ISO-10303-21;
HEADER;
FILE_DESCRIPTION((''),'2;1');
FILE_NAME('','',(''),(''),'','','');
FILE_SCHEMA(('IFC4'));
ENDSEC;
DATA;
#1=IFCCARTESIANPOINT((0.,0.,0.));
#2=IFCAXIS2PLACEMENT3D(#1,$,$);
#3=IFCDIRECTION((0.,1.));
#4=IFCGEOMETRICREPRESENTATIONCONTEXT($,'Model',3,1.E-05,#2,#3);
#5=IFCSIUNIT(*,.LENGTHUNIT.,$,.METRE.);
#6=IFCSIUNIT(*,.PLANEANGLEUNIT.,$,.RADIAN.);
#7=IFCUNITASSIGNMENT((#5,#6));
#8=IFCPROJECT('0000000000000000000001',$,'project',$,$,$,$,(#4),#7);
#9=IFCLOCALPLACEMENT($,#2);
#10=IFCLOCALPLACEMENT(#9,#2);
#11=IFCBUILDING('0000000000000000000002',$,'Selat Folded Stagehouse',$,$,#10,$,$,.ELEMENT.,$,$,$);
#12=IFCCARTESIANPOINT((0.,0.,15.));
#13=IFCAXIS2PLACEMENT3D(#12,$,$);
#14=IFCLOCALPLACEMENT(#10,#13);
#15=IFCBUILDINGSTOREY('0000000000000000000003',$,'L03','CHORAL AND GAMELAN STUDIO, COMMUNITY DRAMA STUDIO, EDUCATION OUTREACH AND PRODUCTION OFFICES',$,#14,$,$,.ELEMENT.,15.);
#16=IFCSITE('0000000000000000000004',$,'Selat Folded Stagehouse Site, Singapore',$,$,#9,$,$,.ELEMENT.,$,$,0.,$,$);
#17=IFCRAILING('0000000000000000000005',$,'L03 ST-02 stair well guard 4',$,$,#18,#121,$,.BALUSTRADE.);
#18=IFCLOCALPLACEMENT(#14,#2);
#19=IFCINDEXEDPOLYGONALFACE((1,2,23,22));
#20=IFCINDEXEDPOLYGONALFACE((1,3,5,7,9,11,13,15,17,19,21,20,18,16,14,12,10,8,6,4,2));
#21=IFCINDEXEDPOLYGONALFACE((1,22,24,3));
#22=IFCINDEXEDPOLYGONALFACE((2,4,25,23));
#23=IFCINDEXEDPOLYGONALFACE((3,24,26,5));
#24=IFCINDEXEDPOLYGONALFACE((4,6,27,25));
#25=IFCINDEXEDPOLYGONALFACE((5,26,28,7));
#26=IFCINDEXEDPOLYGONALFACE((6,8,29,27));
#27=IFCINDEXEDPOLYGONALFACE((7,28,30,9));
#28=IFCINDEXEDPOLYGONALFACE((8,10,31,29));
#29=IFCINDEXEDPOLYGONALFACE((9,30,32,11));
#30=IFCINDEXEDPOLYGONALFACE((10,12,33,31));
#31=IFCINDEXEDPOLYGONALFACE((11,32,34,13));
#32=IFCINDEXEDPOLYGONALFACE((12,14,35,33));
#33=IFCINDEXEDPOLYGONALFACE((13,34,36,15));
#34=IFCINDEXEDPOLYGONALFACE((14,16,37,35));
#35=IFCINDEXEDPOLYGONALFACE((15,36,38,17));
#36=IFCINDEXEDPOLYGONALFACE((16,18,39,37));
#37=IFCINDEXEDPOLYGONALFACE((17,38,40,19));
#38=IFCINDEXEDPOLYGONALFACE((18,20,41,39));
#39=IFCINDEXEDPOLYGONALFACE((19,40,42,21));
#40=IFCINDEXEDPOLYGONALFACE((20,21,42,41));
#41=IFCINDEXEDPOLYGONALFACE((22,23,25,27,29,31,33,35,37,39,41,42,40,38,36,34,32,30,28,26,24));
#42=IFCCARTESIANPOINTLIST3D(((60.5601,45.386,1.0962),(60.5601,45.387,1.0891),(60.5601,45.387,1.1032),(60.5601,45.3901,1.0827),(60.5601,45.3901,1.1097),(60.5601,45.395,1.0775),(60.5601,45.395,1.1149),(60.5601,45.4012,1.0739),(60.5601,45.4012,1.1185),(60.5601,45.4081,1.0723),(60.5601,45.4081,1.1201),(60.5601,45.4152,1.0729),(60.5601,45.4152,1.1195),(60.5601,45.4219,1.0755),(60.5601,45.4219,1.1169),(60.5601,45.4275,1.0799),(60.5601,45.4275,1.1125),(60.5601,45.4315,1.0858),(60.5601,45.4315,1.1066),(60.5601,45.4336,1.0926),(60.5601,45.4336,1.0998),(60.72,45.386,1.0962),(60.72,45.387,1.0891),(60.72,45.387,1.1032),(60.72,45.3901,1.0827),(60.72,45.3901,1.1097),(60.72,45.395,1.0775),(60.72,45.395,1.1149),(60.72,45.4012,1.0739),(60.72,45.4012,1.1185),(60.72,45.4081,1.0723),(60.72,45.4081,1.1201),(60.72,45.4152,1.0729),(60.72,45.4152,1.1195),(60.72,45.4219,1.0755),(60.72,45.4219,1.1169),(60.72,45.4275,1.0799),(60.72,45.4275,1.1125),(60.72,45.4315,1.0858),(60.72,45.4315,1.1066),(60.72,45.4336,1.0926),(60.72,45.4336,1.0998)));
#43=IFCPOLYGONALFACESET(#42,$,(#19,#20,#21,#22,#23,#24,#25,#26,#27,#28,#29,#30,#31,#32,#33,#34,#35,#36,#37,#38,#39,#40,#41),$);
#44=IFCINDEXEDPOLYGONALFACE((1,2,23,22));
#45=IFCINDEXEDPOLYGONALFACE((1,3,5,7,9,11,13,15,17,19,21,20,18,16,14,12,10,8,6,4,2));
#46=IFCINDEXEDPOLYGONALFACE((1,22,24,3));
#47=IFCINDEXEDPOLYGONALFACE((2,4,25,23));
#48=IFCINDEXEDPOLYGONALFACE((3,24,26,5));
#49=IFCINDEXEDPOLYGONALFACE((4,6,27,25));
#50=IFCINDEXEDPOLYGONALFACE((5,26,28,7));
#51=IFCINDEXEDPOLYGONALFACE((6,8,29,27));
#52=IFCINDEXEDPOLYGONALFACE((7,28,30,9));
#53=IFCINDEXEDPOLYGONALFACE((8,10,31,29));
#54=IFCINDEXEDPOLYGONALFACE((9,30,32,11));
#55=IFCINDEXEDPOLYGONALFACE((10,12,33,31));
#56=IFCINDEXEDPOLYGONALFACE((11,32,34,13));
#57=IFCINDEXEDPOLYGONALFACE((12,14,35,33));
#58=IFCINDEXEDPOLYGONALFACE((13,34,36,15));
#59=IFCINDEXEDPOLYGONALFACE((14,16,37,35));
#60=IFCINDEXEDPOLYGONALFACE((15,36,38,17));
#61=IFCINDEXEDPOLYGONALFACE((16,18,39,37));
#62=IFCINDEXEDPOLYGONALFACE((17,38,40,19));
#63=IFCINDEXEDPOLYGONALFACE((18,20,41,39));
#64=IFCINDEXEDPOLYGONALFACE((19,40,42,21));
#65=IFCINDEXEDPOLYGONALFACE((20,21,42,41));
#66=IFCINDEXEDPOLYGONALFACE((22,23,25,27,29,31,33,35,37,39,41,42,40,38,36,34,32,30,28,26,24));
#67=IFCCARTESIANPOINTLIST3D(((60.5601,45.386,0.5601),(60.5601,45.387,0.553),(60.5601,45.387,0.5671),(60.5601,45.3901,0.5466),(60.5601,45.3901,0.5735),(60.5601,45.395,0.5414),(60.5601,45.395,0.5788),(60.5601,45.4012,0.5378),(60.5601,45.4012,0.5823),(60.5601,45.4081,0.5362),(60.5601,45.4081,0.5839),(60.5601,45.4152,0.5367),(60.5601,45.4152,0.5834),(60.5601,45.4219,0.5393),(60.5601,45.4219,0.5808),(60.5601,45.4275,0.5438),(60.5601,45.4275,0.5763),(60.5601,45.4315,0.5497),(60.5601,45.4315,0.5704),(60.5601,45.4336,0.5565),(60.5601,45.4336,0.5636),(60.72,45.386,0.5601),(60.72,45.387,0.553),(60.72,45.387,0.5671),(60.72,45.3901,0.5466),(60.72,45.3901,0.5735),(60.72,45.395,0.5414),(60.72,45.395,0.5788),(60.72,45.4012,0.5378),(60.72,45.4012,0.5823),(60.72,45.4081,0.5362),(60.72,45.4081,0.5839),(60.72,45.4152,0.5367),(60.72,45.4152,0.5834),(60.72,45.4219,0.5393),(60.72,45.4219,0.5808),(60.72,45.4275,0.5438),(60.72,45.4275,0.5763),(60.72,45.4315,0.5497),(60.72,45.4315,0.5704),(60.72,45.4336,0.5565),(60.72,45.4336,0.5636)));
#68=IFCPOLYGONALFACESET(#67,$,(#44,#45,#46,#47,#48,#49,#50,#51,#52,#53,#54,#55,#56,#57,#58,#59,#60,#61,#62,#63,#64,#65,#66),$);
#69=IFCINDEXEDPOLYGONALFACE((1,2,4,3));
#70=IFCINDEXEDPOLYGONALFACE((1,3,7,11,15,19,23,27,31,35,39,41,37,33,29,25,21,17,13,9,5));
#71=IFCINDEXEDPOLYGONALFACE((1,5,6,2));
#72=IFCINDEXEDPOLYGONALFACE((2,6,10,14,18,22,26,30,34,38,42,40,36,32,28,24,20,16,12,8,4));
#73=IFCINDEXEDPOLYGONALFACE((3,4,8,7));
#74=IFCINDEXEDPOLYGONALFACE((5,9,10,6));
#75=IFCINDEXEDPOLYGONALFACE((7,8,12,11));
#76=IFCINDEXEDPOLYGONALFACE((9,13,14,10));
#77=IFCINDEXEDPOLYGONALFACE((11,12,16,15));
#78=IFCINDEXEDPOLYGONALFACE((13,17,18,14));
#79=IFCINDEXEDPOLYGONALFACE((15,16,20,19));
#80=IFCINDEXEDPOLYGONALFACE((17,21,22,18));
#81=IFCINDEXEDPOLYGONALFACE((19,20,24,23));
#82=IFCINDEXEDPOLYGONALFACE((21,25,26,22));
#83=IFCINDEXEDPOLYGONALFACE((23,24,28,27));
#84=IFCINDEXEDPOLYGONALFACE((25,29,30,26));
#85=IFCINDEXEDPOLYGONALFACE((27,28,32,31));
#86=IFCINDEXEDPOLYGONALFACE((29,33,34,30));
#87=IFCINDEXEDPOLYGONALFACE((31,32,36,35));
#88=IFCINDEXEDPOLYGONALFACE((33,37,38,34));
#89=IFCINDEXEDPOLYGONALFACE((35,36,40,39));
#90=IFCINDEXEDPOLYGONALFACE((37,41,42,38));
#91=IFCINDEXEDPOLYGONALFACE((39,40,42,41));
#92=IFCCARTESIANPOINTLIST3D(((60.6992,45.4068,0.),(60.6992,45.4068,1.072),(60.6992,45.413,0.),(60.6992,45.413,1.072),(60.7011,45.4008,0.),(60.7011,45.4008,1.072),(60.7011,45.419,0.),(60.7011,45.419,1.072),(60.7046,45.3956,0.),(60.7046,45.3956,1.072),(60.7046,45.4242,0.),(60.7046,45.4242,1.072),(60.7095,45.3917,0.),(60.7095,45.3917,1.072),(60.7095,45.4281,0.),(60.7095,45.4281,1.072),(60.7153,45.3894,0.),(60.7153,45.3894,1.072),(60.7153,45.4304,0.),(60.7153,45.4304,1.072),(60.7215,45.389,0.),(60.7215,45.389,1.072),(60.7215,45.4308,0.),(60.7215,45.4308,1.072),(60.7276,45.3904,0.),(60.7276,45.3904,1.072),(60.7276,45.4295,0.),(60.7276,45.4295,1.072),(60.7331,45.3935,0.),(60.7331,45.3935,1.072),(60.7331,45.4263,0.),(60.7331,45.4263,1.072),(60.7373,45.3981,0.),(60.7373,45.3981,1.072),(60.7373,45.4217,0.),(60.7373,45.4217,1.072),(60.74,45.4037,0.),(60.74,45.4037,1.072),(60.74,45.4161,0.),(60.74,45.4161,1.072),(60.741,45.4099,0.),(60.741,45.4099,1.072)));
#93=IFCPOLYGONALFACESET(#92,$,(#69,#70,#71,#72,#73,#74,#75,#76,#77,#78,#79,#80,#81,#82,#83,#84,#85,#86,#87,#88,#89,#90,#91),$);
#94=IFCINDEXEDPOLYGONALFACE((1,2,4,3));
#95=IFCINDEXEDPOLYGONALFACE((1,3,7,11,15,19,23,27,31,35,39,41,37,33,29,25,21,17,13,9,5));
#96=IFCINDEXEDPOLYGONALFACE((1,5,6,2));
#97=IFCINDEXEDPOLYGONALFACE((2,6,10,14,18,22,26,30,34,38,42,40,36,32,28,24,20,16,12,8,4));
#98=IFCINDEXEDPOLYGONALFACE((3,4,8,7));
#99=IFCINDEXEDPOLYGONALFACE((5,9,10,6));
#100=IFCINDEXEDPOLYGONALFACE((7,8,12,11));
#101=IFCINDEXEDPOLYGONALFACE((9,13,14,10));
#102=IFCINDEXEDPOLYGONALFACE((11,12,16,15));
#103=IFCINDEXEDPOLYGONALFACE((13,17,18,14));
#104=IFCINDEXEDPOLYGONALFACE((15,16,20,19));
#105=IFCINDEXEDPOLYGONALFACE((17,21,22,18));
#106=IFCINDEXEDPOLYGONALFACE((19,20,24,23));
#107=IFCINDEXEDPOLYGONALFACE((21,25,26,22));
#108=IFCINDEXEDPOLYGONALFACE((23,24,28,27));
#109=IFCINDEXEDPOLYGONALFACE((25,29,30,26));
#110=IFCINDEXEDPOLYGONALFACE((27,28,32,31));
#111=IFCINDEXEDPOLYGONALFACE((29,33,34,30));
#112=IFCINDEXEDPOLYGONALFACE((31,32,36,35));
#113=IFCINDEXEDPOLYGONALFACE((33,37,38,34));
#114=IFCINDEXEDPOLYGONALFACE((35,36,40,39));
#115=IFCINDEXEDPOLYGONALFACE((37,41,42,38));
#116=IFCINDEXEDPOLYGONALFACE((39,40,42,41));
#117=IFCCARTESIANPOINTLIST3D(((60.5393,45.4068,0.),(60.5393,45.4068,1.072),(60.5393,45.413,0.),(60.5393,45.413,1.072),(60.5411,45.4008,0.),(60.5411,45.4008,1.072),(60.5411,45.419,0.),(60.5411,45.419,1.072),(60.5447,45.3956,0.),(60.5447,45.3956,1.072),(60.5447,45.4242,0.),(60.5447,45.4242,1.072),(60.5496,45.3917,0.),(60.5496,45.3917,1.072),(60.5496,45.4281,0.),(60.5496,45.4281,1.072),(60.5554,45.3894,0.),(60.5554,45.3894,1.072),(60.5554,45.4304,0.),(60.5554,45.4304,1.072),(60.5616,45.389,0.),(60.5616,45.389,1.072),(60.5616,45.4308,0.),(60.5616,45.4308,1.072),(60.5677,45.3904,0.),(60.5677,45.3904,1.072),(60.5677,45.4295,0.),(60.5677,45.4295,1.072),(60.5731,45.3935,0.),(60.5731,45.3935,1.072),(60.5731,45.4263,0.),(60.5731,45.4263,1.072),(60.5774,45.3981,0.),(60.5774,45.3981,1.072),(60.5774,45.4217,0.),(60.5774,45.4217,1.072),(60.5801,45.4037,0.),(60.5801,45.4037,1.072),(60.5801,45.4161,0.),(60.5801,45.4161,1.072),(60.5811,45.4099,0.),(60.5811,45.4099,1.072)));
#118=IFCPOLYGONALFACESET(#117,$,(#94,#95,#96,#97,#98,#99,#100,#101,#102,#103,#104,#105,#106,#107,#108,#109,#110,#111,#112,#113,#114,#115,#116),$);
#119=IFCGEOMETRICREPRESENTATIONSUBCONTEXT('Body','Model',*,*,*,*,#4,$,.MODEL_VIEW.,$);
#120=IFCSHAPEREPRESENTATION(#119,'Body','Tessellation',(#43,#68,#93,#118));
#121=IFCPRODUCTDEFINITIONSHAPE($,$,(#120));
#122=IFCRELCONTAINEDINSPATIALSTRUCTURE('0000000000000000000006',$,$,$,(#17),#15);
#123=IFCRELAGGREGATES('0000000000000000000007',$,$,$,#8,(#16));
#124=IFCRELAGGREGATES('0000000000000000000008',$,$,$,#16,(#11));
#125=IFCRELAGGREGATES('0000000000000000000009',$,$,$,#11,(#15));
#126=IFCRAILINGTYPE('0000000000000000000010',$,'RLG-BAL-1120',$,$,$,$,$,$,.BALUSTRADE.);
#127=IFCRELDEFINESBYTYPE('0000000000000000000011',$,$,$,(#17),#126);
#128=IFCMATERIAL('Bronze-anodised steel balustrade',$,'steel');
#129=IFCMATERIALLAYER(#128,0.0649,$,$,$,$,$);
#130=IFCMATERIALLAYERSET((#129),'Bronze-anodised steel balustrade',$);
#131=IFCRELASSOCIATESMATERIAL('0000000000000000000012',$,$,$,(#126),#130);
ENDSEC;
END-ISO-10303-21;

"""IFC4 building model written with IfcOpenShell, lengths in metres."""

from ifc_helpers import new_model, si_unit, direction, frame, origin, origin_2d, place, context, subcontext, project, spatial, circle, extrude, material, layer, layer_set, type_object, element, save


model = new_model("IFC4")

# Units and contexts
model_context = context("Model", 3, precision=1e-05, world=origin(), true_north=direction((0.0, 1.0)))
body_context = subcontext(model_context, "Body", "Model", "MODEL_VIEW")
ifc_project = project(units=[si_unit("LENGTHUNIT", "METRE"), si_unit("PLANEANGLEUNIT", "RADIAN")], contexts=[model_context])

# Site, building, storey
site_placement = place(None, origin())
site = spatial("IfcSite", under=ifc_project, at=site_placement, Name="Selat Folded Stagehouse Site, Singapore", CompositionType="ELEMENT", RefElevation=0.0)
building_placement = place(site_placement, origin())
building = spatial("IfcBuilding", under=site, at=building_placement, Name="Selat Folded Stagehouse", CompositionType="ELEMENT")
storey_placement = place(building_placement, frame((0.0, 0.0, 15.0)))
storey = spatial("IfcBuildingStorey", under=building, at=storey_placement, Name="L03", Description="CHORAL AND GAMELAN STUDIO, COMMUNITY DRAMA STUDIO, EDUCATION OUTREACH AND PRODUCTION OFFICES", CompositionType="ELEMENT", Elevation=15.0)

# Railing
ifc_material_1 = material(Name="Bronze-anodised steel balustrade", Category="steel")
ifc_layer_1 = layer(ifc_material_1, 0.0649)
ifc_layer_set_1 = layer_set([ifc_layer_1], Name="Bronze-anodised steel balustrade")
railing_type_1 = type_object("IfcRailingType", Name="RLG-BAL-1120", PredefinedType="BALUSTRADE", material=ifc_layer_set_1)
railing_1_placement = place(storey_placement, frame((60.72, 45.4099, 0.0)))
element("IfcRailing", 1, at=railing_1_placement, inside=storey, type_object=railing_type_1, Name="L03 ST-02 stair well guard 4", PredefinedType="BALUSTRADE", context=body_context, shape_type="SweptSolid", body=[
    extrude(circle(Radius=0.0239, at=origin_2d()), frame((0.0, 0.0, 1.0962), z_axis=(-1.0, 0.0, 0.0), x_axis=(0.0, -1.0, 0.0)), (0.0, 0.0, 1.0), 0.1599),
    extrude(circle(Radius=0.0239, at=origin_2d()), frame((0.0, 0.0, 0.5601), z_axis=(-1.0, 0.0, 0.0), x_axis=(0.0, -1.0, 0.0)), (0.0, 0.0, 1.0), 0.1599),
    extrude(circle(Radius=0.021, at=origin_2d()), origin(), (0.0, 0.0, 1.0), 1.072),
    extrude(circle(Radius=0.021, at=origin_2d()), frame((-0.1599, 0.0, 0.0)), (0.0, 0.0, 1.0), 1.072),
])

save(model, "model.ifc")
